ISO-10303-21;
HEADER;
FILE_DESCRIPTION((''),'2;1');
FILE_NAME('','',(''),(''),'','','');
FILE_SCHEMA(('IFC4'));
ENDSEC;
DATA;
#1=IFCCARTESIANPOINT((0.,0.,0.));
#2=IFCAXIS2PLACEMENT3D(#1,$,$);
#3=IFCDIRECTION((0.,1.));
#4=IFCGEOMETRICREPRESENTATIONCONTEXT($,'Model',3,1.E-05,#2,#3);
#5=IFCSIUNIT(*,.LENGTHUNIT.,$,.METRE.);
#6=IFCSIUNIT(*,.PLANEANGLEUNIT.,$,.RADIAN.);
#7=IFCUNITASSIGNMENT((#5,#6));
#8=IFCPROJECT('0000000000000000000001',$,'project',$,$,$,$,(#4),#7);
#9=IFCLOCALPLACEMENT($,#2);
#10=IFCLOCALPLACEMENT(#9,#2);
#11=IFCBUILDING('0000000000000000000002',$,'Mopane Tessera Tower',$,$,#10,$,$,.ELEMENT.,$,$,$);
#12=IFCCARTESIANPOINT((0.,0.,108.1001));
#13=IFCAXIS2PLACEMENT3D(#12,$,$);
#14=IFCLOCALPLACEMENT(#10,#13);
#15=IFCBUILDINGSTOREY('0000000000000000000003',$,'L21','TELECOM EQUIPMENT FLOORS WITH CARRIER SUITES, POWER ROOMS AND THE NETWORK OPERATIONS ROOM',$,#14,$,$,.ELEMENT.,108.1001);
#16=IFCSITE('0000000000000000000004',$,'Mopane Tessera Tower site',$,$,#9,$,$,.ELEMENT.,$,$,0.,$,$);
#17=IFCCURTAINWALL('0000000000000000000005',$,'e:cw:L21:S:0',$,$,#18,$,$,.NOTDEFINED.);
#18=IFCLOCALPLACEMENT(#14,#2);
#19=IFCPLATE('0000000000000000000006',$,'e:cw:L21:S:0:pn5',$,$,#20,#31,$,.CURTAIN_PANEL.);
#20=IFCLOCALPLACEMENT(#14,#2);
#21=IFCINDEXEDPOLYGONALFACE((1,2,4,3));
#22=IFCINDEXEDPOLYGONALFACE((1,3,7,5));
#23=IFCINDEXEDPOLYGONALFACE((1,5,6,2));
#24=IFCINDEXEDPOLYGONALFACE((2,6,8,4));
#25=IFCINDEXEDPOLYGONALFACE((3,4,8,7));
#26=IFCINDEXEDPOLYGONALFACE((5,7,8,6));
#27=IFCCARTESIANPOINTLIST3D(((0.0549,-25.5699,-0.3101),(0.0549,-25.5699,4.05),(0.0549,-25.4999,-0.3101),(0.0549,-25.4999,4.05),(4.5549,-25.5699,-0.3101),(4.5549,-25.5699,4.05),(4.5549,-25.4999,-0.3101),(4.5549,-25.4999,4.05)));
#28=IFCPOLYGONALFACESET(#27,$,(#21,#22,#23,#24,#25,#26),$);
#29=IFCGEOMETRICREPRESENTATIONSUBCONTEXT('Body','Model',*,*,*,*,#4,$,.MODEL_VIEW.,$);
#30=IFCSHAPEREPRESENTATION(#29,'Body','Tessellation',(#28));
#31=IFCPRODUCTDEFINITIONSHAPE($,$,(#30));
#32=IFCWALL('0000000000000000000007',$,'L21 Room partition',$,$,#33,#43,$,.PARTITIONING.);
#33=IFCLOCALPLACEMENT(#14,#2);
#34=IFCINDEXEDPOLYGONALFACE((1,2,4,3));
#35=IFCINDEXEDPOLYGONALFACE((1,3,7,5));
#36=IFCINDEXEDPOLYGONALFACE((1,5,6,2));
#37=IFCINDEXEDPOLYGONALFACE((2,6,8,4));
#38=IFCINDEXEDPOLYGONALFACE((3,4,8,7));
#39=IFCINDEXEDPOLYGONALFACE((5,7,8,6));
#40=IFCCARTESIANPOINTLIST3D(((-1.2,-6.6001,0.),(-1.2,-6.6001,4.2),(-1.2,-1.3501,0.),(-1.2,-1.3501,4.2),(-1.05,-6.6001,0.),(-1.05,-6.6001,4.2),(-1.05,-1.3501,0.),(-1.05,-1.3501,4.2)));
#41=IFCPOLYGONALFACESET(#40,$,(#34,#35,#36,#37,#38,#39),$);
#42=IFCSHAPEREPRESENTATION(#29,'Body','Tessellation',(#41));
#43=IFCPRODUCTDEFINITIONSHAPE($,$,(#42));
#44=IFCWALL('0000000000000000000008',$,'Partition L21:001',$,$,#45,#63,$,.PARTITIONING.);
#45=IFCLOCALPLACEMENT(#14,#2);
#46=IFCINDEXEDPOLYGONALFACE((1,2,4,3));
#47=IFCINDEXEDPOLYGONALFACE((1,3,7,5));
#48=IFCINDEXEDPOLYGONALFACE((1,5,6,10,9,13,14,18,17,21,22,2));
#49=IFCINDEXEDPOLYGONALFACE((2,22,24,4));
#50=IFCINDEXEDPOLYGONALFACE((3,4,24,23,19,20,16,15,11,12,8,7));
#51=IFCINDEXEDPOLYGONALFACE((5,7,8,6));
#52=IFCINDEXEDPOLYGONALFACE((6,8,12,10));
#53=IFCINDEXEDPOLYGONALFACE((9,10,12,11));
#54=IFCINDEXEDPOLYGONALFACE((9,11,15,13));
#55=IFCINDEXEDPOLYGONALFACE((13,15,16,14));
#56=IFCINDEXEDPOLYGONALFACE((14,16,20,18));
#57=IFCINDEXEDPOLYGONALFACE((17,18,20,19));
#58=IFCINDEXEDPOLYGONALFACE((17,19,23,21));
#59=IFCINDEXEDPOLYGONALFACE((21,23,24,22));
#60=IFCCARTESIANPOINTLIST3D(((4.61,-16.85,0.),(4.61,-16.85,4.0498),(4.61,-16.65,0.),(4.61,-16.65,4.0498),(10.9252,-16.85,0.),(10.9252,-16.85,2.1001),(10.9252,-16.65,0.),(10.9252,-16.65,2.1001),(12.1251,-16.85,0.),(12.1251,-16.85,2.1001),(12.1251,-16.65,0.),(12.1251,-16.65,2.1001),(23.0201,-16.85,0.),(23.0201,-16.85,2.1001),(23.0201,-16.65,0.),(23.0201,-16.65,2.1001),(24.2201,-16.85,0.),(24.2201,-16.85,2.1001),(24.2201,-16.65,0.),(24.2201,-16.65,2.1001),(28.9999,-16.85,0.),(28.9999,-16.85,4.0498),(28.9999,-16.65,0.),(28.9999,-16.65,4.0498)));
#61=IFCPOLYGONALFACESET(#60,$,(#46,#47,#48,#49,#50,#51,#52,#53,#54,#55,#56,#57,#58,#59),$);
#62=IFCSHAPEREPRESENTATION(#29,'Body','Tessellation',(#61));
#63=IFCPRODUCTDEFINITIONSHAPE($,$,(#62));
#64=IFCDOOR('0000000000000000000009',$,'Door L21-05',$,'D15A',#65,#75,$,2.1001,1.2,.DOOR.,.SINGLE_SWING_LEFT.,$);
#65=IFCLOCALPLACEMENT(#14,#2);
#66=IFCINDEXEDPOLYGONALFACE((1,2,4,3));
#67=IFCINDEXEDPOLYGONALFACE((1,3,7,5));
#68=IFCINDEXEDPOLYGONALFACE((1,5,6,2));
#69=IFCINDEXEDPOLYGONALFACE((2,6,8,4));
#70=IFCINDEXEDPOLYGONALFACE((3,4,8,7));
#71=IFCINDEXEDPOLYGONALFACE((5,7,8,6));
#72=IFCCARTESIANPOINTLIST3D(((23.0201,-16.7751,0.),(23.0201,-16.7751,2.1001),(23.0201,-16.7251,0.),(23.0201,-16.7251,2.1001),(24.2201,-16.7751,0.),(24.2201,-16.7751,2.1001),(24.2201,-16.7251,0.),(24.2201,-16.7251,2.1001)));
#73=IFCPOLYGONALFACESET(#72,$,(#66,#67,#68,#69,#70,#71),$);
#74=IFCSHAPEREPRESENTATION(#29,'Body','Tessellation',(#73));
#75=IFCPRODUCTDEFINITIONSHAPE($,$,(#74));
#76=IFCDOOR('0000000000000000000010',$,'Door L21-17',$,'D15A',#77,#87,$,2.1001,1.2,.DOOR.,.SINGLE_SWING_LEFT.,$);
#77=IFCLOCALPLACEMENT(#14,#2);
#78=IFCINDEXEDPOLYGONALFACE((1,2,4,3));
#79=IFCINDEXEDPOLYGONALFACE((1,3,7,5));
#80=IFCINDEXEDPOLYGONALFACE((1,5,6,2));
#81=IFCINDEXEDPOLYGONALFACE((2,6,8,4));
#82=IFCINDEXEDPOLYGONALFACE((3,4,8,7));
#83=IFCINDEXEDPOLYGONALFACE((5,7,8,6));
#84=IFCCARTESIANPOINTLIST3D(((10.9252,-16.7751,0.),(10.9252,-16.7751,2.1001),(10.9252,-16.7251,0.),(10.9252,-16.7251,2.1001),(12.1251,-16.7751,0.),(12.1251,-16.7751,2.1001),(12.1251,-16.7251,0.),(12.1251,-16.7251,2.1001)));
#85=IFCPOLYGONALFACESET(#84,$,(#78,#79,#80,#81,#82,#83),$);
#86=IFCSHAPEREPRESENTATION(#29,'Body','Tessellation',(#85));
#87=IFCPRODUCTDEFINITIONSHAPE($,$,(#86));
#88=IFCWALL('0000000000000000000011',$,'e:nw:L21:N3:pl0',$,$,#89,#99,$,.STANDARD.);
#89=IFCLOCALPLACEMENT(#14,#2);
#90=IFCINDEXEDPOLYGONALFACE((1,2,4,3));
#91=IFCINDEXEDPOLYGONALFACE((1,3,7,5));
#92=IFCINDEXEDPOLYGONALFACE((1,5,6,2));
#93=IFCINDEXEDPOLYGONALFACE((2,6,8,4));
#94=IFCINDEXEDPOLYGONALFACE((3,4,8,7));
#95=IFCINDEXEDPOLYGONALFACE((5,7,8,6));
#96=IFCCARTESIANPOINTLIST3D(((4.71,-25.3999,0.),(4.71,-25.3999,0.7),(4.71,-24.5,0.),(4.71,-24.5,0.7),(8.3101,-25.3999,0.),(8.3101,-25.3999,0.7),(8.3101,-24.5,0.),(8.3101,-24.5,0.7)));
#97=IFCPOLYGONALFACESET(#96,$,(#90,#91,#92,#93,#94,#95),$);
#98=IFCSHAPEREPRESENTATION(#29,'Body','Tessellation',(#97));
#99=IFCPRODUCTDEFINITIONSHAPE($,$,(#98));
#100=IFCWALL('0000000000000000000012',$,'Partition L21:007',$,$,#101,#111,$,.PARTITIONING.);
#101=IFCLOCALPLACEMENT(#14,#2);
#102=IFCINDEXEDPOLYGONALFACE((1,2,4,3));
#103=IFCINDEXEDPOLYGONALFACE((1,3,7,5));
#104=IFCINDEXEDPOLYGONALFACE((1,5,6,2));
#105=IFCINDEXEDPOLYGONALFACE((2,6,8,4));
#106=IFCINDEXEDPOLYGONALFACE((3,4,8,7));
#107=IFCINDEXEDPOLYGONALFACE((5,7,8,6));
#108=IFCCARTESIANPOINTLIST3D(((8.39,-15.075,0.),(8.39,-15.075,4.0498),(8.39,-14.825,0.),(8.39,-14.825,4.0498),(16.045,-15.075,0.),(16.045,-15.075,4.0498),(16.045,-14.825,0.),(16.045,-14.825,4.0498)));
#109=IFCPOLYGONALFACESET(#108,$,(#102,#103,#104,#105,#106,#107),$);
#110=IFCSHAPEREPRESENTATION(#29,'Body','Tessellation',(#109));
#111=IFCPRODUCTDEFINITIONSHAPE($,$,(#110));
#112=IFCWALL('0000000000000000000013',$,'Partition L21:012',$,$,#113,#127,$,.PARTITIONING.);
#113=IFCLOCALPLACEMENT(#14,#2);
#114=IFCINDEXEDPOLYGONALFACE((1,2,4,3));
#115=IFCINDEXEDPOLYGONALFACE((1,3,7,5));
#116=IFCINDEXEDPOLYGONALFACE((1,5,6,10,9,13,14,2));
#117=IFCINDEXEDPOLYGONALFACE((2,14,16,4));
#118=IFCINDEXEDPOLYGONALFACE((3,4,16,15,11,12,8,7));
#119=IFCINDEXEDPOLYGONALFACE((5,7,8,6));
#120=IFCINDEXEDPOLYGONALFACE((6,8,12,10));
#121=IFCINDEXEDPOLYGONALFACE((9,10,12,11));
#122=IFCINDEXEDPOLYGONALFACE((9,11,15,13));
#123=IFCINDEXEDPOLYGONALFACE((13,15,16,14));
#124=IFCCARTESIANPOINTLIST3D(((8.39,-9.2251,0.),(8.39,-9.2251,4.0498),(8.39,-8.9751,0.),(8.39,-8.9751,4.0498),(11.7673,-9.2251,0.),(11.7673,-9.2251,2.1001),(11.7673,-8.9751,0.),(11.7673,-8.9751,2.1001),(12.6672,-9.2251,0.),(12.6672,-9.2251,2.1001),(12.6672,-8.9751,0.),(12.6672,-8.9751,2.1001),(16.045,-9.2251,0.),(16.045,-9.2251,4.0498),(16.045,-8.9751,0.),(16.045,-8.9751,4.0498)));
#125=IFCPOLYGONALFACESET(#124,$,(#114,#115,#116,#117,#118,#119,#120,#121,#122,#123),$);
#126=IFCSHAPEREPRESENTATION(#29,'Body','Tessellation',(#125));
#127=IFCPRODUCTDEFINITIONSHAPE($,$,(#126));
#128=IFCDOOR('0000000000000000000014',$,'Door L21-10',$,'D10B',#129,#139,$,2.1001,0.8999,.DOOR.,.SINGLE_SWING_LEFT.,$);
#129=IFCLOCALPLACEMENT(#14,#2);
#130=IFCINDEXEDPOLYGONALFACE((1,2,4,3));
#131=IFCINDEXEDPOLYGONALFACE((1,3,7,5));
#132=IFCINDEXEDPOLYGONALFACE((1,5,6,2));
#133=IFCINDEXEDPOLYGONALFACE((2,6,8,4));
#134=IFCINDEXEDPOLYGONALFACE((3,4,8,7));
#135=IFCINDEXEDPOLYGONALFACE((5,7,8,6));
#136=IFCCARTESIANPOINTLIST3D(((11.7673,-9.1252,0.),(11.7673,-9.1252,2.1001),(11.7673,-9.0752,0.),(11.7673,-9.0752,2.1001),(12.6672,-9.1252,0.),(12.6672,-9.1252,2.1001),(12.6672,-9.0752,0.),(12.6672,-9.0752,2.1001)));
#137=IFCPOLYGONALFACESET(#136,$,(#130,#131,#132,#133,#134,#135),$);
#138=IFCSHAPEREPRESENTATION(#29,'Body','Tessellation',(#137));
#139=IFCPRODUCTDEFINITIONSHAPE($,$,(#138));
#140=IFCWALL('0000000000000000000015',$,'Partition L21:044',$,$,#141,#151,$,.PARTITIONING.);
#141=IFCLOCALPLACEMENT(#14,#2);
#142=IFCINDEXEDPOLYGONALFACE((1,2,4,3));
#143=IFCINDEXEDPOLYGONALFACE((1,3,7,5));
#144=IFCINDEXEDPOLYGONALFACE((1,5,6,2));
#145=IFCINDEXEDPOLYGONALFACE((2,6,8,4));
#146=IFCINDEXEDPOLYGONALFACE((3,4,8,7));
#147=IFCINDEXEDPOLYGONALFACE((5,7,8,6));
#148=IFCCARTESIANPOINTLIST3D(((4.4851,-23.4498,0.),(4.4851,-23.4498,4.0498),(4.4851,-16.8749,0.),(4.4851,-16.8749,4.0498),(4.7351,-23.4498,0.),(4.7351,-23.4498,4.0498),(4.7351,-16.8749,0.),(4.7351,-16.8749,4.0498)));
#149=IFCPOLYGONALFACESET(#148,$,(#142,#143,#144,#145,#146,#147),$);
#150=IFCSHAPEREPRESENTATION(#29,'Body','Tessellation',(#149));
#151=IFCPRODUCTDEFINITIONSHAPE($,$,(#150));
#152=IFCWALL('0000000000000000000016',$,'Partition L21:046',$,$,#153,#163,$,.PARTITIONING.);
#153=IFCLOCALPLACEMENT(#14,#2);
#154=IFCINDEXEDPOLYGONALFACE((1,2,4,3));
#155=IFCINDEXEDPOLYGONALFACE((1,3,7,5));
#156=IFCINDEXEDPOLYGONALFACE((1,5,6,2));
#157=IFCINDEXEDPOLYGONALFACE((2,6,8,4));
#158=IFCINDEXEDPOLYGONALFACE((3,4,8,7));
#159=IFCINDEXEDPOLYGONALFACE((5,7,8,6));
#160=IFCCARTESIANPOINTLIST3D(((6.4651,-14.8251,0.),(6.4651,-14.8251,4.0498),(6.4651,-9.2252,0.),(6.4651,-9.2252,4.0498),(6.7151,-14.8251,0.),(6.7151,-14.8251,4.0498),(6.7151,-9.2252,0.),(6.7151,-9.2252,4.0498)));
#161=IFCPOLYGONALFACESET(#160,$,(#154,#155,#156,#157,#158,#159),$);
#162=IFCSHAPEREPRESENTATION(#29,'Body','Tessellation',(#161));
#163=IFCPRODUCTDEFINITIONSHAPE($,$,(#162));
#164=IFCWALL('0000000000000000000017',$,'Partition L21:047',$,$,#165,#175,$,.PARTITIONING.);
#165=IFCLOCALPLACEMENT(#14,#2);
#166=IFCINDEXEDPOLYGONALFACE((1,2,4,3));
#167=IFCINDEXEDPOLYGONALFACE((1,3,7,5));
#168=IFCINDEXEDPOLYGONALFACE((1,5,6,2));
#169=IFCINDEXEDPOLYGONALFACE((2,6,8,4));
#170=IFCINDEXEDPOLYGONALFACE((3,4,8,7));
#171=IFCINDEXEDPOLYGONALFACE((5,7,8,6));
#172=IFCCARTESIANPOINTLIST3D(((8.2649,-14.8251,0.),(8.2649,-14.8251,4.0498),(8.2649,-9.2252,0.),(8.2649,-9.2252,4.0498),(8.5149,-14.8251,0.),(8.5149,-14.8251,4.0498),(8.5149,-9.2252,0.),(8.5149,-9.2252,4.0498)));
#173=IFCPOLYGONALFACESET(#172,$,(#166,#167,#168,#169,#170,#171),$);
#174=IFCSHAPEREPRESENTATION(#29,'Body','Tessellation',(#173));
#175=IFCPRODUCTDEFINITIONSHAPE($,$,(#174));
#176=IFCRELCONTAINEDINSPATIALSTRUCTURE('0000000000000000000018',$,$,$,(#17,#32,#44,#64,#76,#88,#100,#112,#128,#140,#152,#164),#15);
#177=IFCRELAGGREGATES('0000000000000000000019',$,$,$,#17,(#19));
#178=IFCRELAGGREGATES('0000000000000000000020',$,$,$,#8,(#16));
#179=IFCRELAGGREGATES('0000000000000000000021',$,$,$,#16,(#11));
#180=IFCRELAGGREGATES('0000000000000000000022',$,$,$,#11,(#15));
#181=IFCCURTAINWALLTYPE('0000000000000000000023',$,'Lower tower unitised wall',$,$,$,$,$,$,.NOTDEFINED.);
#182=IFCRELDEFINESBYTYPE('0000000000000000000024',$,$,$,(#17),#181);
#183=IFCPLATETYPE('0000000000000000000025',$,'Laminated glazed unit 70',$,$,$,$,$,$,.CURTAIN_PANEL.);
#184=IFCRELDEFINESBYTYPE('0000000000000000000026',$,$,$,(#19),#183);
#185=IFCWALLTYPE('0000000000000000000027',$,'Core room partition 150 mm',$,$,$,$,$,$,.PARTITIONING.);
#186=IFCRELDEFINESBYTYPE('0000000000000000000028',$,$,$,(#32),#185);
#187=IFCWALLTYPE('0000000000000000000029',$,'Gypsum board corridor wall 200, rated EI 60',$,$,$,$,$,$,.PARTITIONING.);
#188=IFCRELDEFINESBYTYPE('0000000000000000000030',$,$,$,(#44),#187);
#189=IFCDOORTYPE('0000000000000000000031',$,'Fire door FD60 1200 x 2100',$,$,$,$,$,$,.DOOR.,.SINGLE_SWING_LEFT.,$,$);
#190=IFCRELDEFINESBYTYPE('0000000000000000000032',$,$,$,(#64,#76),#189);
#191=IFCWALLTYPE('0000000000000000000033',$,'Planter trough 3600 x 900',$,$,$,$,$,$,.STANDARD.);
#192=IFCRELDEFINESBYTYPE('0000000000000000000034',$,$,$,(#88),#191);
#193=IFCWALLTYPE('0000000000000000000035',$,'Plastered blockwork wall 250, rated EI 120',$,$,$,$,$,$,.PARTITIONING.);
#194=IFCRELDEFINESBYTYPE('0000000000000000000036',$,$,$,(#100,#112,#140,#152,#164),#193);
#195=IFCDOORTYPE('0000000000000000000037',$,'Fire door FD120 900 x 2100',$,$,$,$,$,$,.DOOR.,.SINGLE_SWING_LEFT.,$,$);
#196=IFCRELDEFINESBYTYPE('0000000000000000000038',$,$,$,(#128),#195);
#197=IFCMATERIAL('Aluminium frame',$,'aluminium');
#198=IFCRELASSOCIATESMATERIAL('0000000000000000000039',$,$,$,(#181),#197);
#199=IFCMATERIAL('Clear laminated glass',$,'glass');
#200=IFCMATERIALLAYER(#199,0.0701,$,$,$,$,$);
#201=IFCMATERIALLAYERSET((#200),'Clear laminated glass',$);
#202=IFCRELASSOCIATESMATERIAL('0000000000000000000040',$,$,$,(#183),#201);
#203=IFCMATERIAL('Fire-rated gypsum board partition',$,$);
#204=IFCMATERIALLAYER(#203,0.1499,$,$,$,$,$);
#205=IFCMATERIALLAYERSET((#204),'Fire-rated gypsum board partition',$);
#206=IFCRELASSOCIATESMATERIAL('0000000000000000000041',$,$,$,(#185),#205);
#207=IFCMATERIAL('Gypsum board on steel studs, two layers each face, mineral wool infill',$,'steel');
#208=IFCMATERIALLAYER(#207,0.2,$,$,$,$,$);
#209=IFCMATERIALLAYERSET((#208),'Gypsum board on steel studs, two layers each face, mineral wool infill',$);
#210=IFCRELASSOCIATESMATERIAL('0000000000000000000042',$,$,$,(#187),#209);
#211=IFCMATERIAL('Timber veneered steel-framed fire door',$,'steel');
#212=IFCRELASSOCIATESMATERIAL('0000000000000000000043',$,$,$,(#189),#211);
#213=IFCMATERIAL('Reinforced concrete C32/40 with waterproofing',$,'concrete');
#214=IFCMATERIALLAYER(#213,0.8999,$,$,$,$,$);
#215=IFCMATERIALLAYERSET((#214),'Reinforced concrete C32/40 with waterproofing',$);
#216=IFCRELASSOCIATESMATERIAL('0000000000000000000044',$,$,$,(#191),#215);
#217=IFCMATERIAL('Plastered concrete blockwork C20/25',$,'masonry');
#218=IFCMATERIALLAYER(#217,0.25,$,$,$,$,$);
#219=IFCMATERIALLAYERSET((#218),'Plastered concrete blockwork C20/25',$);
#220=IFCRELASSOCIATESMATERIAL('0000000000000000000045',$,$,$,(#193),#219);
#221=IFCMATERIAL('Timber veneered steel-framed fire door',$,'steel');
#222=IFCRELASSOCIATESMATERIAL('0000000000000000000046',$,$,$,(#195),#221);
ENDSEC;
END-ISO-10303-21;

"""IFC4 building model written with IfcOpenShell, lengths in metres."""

from ifc_helpers import new_model, si_unit, direction, frame, frame_2d, origin, origin_2d, place, context, subcontext, project, spatial, rectangle, extrude, material, layer, layer_set, type_object, element, fill, aggregate, save


model = new_model("IFC4")

# Units and contexts
model_context = context("Model", 3, precision=1e-05, world=origin(), true_north=direction((0.0, 1.0)))
body_context = subcontext(model_context, "Body", "Model", "MODEL_VIEW")
ifc_project = project(units=[si_unit("LENGTHUNIT", "METRE"), si_unit("PLANEANGLEUNIT", "RADIAN")], contexts=[model_context])

# Site, building, storey
site_placement = place(None, origin())
site = spatial("IfcSite", under=ifc_project, at=site_placement, Name="Mopane Tessera Tower site", CompositionType="ELEMENT", RefElevation=0.0)
building_placement = place(site_placement, origin())
building = spatial("IfcBuilding", under=site, at=building_placement, Name="Mopane Tessera Tower", CompositionType="ELEMENT")
storey_placement = place(building_placement, frame((0.0, 0.0, 108.1001)))
storey = spatial("IfcBuildingStorey", under=building, at=storey_placement, Name="L21", Description="TELECOM EQUIPMENT FLOORS WITH CARRIER SUITES, POWER ROOMS AND THE NETWORK OPERATIONS ROOM", CompositionType="ELEMENT", Elevation=108.1001)

# Curtain wall
ifc_material_1 = material(Name="Aluminium frame", Category="aluminium")
curtain_wall_type = type_object("IfcCurtainWallType", Name="Lower tower unitised wall", PredefinedType="NOTDEFINED", material=ifc_material_1)
curtain_wall_placement = place(storey_placement, origin())
curtain_wall = element("IfcCurtainWall", 1, at=curtain_wall_placement, inside=storey, type_object=curtain_wall_type, Name="e:cw:L21:S:0", PredefinedType="NOTDEFINED")

# Plate
ifc_material_2 = material(Name="Clear laminated glass", Category="glass")
ifc_layer_1 = layer(ifc_material_2, 0.0701)
ifc_layer_set_1 = layer_set([ifc_layer_1], Name="Clear laminated glass")
plate_type = type_object("IfcPlateType", Name="Laminated glazed unit 70", PredefinedType="CURTAIN_PANEL", material=ifc_layer_set_1)
plate_placement = place(storey_placement, frame((2.3049, -25.5349, -0.3101), z_axis=(0.0, 0.0, 1.0), x_axis=(1.0, 0.0, 0.0)))
plate = element("IfcPlate", 2, at=plate_placement, type_object=plate_type, Name="e:cw:L21:S:0:pn5", PredefinedType="CURTAIN_PANEL", context=body_context, shape_type="SweptSolid", body=[
    extrude(rectangle(XDim=4.5, YDim=0.0701, at=origin_2d()), origin(), (0.0, 0.0, 1.0), 4.3601),
])
aggregate(curtain_wall, [plate])

# Wall
ifc_material_3 = material(Name="Fire-rated gypsum board partition")
ifc_layer_2 = layer(ifc_material_3, 0.1499)
ifc_layer_set_2 = layer_set([ifc_layer_2], Name="Fire-rated gypsum board partition")
wall_type_1 = type_object("IfcWallType", Name="Core room partition 150 mm", PredefinedType="PARTITIONING", material=ifc_layer_set_2)
wall_1_placement = place(storey_placement, frame((-1.125, -6.6001, 0.0), z_axis=(0.0, 0.0, 1.0), x_axis=(0.0, 1.0, 0.0)))
element("IfcWall", 3, at=wall_1_placement, inside=storey, type_object=wall_type_1, Name="L21 Room partition", PredefinedType="PARTITIONING", context=body_context, shape_type="SweptSolid", body=[
    extrude(rectangle(XDim=5.25, YDim=0.1499, at=frame_2d((2.625, 0.0))), origin(), (0.0, 0.0, 1.0), 4.2),
])

# Wall, openings, doors
ifc_material_4 = material(Name="Gypsum board on steel studs, two layers each face, mineral wool infill", Category="steel")
ifc_layer_3 = layer(ifc_material_4, 0.2)
ifc_layer_set_3 = layer_set([ifc_layer_3], Name="Gypsum board on steel studs, two layers each face, mineral wool infill")
wall_type_2 = type_object("IfcWallType", Name="Gypsum board corridor wall 200, rated EI 60", PredefinedType="PARTITIONING", material=ifc_layer_set_3)
wall_2_placement = place(storey_placement, frame((4.6101, -16.75, 0.0), z_axis=(0.0, 0.0, 1.0), x_axis=(1.0, 0.0, 0.0)))
wall_2 = element("IfcWall", 4, at=wall_2_placement, inside=storey, type_object=wall_type_2, Name="Partition L21:001", PredefinedType="PARTITIONING", context=body_context, shape_type="SweptSolid", body=[
    extrude(rectangle(XDim=24.3899, YDim=0.2, at=frame_2d((12.1948, 0.0))), origin(), (0.0, 0.0, 1.0), 4.0498),
])
opening_1_placement = place(wall_2_placement, frame((18.4099, 0.0, 0.0)))
opening_1 = element("IfcOpeningElement", 5, at=opening_1_placement, cuts=wall_2, PredefinedType="OPENING", context=body_context, shape_type="SweptSolid", body=[
    extrude(rectangle(XDim=1.2, YDim=2.1001, at=frame_2d((0.6001, 1.05))), frame((0.0, 0.1121, 0.0), z_axis=(0.0, -1.0, 0.0), x_axis=(1.0, 0.0, 0.0)), (0.0, 0.0, 1.0), 0.2239),
])
opening_2_placement = place(wall_2_placement, frame((6.3149, 0.0, 0.0)))
opening_2 = element("IfcOpeningElement", 6, at=opening_2_placement, cuts=wall_2, PredefinedType="OPENING", context=body_context, shape_type="SweptSolid", body=[
    extrude(rectangle(XDim=1.2, YDim=2.1001, at=frame_2d((0.6001, 1.05))), frame((0.0, 0.1121, 0.0), z_axis=(0.0, -1.0, 0.0), x_axis=(1.0, 0.0, 0.0)), (0.0, 0.0, 1.0), 0.2239),
])
ifc_material_5 = material(Name="Timber veneered steel-framed fire door", Category="steel")
door_type_1 = type_object("IfcDoorType", Name="Fire door FD60 1200 x 2100", OperationType="SINGLE_SWING_LEFT", PredefinedType="DOOR", material=ifc_material_5)
door_1_placement = place(opening_1_placement, origin())
door_1 = element("IfcDoor", 7, at=door_1_placement, inside=storey, type_object=door_type_1, Name="Door L21-05", ObjectType="D15A", OperationType="SINGLE_SWING_LEFT", OverallHeight=2.1001, OverallWidth=1.2, PredefinedType="DOOR", context=body_context, shape_type="SweptSolid", body=[
    extrude(rectangle(XDim=1.2, YDim=2.1001, at=frame_2d((0.6001, 1.05))), frame((0.0, 0.0249, 0.0), z_axis=(0.0, -1.0, 0.0), x_axis=(1.0, 0.0, 0.0)), (0.0, 0.0, 1.0), 0.05),
])
fill(opening_1, door_1)
door_2_placement = place(opening_2_placement, origin())
door_2 = element("IfcDoor", 8, at=door_2_placement, inside=storey, type_object=door_type_1, Name="Door L21-17", ObjectType="D15A", OperationType="SINGLE_SWING_LEFT", OverallHeight=2.1001, OverallWidth=1.2, PredefinedType="DOOR", context=body_context, shape_type="SweptSolid", body=[
    extrude(rectangle(XDim=1.2, YDim=2.1001, at=frame_2d((0.6001, 1.05))), frame((0.0, 0.0249, 0.0), z_axis=(0.0, -1.0, 0.0), x_axis=(1.0, 0.0, 0.0)), (0.0, 0.0, 1.0), 0.05),
])
fill(opening_2, door_2)

# Walls
ifc_material_6 = material(Name="Reinforced concrete C32/40 with waterproofing", Category="concrete")
ifc_layer_4 = layer(ifc_material_6, 0.8999)
ifc_layer_set_4 = layer_set([ifc_layer_4], Name="Reinforced concrete C32/40 with waterproofing")
wall_type_3 = type_object("IfcWallType", Name="Planter trough 3600 x 900", PredefinedType="STANDARD", material=ifc_layer_set_4)
wall_3_placement = place(storey_placement, frame((4.71, -24.95, 0.0), z_axis=(0.0, 0.0, 1.0), x_axis=(1.0, 0.0, 0.0)))
element("IfcWall", 9, at=wall_3_placement, inside=storey, type_object=wall_type_3, Name="e:nw:L21:N3:pl0", PredefinedType="STANDARD", context=body_context, shape_type="SweptSolid", body=[
    extrude(rectangle(XDim=3.6001, YDim=0.8999, at=frame_2d((1.8, 0.0))), origin(), (0.0, 0.0, 1.0), 0.7),
])
ifc_material_7 = material(Name="Plastered concrete blockwork C20/25", Category="masonry")
ifc_layer_5 = layer(ifc_material_7, 0.25)
ifc_layer_set_5 = layer_set([ifc_layer_5], Name="Plastered concrete blockwork C20/25")
wall_type_4 = type_object("IfcWallType", Name="Plastered blockwork wall 250, rated EI 120", PredefinedType="PARTITIONING", material=ifc_layer_set_5)
wall_4_placement = place(storey_placement, frame((8.3899, -14.95, 0.0), z_axis=(0.0, 0.0, 1.0), x_axis=(1.0, 0.0, 0.0)))
element("IfcWall", 10, at=wall_4_placement, inside=storey, type_object=wall_type_4, Name="Partition L21:007", PredefinedType="PARTITIONING", context=body_context, shape_type="SweptSolid", body=[
    extrude(rectangle(XDim=7.655, YDim=0.25, at=frame_2d((3.8276, 0.0))), origin(), (0.0, 0.0, 1.0), 4.0498),
])

# Wall, opening, door
wall_5_placement = place(storey_placement, frame((8.3899, -9.1001, 0.0), z_axis=(0.0, 0.0, 1.0), x_axis=(1.0, 0.0, 0.0)))
wall_5 = element("IfcWall", 11, at=wall_5_placement, inside=storey, type_object=wall_type_4, Name="Partition L21:012", PredefinedType="PARTITIONING", context=body_context, shape_type="SweptSolid", body=[
    extrude(rectangle(XDim=7.655, YDim=0.25, at=frame_2d((3.8276, 0.0))), origin(), (0.0, 0.0, 1.0), 4.0498),
])
opening_3_placement = place(wall_5_placement, frame((3.3774, 0.0, 0.0)))
opening_3 = element("IfcOpeningElement", 12, at=opening_3_placement, cuts=wall_5, PredefinedType="OPENING", context=body_context, shape_type="SweptSolid", body=[
    extrude(rectangle(XDim=0.8999, YDim=2.1001, at=frame_2d((0.45, 1.05))), frame((0.0, 0.137, 0.0), z_axis=(0.0, -1.0, 0.0), x_axis=(1.0, 0.0, 0.0)), (0.0, 0.0, 1.0), 0.2739),
])
ifc_material_8 = material(Name="Timber veneered steel-framed fire door", Category="steel")
door_type_2 = type_object("IfcDoorType", Name="Fire door FD120 900 x 2100", OperationType="SINGLE_SWING_LEFT", PredefinedType="DOOR", material=ifc_material_8)
door_3_placement = place(opening_3_placement, origin())
door_3 = element("IfcDoor", 13, at=door_3_placement, inside=storey, type_object=door_type_2, Name="Door L21-10", ObjectType="D10B", OperationType="SINGLE_SWING_LEFT", OverallHeight=2.1001, OverallWidth=0.8999, PredefinedType="DOOR", context=body_context, shape_type="SweptSolid", body=[
    extrude(rectangle(XDim=0.8999, YDim=2.1001, at=frame_2d((0.45, 1.05))), frame((0.0, 0.0249, 0.0), z_axis=(0.0, -1.0, 0.0), x_axis=(1.0, 0.0, 0.0)), (0.0, 0.0, 1.0), 0.05),
])
fill(opening_3, door_3)

# Walls
wall_6_placement = place(storey_placement, frame((4.6101, -23.45, 0.0), z_axis=(0.0, 0.0, 1.0), x_axis=(0.0, 1.0, 0.0)))
element("IfcWall", 14, at=wall_6_placement, inside=storey, type_object=wall_type_4, Name="Partition L21:044", PredefinedType="PARTITIONING", context=body_context, shape_type="SweptSolid", body=[
    extrude(rectangle(XDim=6.575, YDim=0.25, at=frame_2d((3.2876, 0.0))), origin(), (0.0, 0.0, 1.0), 4.0498),
])
for number, where, z_axis, x_axis, name in (
    (15, (6.5901, -14.825, 0.0), (0.0, 0.0, 1.0), (0.0, 1.0, 0.0), "Partition L21:046"),
    (16, (8.3899, -14.825, 0.0), (0.0, 0.0, 1.0), (0.0, 1.0, 0.0), "Partition L21:047"),
):
    element("IfcWall", number, at=place(storey_placement, frame(where, z_axis=z_axis, x_axis=x_axis)), inside=storey, type_object=wall_type_4, Name=name, PredefinedType="PARTITIONING", context=body_context, shape_type="SweptSolid", body=[
        extrude(rectangle(XDim=5.5999, YDim=0.25, at=frame_2d((2.7998, 0.0))), origin(), (0.0, 0.0, 1.0), 4.0498),
    ])

save(model, "model.ifc")
